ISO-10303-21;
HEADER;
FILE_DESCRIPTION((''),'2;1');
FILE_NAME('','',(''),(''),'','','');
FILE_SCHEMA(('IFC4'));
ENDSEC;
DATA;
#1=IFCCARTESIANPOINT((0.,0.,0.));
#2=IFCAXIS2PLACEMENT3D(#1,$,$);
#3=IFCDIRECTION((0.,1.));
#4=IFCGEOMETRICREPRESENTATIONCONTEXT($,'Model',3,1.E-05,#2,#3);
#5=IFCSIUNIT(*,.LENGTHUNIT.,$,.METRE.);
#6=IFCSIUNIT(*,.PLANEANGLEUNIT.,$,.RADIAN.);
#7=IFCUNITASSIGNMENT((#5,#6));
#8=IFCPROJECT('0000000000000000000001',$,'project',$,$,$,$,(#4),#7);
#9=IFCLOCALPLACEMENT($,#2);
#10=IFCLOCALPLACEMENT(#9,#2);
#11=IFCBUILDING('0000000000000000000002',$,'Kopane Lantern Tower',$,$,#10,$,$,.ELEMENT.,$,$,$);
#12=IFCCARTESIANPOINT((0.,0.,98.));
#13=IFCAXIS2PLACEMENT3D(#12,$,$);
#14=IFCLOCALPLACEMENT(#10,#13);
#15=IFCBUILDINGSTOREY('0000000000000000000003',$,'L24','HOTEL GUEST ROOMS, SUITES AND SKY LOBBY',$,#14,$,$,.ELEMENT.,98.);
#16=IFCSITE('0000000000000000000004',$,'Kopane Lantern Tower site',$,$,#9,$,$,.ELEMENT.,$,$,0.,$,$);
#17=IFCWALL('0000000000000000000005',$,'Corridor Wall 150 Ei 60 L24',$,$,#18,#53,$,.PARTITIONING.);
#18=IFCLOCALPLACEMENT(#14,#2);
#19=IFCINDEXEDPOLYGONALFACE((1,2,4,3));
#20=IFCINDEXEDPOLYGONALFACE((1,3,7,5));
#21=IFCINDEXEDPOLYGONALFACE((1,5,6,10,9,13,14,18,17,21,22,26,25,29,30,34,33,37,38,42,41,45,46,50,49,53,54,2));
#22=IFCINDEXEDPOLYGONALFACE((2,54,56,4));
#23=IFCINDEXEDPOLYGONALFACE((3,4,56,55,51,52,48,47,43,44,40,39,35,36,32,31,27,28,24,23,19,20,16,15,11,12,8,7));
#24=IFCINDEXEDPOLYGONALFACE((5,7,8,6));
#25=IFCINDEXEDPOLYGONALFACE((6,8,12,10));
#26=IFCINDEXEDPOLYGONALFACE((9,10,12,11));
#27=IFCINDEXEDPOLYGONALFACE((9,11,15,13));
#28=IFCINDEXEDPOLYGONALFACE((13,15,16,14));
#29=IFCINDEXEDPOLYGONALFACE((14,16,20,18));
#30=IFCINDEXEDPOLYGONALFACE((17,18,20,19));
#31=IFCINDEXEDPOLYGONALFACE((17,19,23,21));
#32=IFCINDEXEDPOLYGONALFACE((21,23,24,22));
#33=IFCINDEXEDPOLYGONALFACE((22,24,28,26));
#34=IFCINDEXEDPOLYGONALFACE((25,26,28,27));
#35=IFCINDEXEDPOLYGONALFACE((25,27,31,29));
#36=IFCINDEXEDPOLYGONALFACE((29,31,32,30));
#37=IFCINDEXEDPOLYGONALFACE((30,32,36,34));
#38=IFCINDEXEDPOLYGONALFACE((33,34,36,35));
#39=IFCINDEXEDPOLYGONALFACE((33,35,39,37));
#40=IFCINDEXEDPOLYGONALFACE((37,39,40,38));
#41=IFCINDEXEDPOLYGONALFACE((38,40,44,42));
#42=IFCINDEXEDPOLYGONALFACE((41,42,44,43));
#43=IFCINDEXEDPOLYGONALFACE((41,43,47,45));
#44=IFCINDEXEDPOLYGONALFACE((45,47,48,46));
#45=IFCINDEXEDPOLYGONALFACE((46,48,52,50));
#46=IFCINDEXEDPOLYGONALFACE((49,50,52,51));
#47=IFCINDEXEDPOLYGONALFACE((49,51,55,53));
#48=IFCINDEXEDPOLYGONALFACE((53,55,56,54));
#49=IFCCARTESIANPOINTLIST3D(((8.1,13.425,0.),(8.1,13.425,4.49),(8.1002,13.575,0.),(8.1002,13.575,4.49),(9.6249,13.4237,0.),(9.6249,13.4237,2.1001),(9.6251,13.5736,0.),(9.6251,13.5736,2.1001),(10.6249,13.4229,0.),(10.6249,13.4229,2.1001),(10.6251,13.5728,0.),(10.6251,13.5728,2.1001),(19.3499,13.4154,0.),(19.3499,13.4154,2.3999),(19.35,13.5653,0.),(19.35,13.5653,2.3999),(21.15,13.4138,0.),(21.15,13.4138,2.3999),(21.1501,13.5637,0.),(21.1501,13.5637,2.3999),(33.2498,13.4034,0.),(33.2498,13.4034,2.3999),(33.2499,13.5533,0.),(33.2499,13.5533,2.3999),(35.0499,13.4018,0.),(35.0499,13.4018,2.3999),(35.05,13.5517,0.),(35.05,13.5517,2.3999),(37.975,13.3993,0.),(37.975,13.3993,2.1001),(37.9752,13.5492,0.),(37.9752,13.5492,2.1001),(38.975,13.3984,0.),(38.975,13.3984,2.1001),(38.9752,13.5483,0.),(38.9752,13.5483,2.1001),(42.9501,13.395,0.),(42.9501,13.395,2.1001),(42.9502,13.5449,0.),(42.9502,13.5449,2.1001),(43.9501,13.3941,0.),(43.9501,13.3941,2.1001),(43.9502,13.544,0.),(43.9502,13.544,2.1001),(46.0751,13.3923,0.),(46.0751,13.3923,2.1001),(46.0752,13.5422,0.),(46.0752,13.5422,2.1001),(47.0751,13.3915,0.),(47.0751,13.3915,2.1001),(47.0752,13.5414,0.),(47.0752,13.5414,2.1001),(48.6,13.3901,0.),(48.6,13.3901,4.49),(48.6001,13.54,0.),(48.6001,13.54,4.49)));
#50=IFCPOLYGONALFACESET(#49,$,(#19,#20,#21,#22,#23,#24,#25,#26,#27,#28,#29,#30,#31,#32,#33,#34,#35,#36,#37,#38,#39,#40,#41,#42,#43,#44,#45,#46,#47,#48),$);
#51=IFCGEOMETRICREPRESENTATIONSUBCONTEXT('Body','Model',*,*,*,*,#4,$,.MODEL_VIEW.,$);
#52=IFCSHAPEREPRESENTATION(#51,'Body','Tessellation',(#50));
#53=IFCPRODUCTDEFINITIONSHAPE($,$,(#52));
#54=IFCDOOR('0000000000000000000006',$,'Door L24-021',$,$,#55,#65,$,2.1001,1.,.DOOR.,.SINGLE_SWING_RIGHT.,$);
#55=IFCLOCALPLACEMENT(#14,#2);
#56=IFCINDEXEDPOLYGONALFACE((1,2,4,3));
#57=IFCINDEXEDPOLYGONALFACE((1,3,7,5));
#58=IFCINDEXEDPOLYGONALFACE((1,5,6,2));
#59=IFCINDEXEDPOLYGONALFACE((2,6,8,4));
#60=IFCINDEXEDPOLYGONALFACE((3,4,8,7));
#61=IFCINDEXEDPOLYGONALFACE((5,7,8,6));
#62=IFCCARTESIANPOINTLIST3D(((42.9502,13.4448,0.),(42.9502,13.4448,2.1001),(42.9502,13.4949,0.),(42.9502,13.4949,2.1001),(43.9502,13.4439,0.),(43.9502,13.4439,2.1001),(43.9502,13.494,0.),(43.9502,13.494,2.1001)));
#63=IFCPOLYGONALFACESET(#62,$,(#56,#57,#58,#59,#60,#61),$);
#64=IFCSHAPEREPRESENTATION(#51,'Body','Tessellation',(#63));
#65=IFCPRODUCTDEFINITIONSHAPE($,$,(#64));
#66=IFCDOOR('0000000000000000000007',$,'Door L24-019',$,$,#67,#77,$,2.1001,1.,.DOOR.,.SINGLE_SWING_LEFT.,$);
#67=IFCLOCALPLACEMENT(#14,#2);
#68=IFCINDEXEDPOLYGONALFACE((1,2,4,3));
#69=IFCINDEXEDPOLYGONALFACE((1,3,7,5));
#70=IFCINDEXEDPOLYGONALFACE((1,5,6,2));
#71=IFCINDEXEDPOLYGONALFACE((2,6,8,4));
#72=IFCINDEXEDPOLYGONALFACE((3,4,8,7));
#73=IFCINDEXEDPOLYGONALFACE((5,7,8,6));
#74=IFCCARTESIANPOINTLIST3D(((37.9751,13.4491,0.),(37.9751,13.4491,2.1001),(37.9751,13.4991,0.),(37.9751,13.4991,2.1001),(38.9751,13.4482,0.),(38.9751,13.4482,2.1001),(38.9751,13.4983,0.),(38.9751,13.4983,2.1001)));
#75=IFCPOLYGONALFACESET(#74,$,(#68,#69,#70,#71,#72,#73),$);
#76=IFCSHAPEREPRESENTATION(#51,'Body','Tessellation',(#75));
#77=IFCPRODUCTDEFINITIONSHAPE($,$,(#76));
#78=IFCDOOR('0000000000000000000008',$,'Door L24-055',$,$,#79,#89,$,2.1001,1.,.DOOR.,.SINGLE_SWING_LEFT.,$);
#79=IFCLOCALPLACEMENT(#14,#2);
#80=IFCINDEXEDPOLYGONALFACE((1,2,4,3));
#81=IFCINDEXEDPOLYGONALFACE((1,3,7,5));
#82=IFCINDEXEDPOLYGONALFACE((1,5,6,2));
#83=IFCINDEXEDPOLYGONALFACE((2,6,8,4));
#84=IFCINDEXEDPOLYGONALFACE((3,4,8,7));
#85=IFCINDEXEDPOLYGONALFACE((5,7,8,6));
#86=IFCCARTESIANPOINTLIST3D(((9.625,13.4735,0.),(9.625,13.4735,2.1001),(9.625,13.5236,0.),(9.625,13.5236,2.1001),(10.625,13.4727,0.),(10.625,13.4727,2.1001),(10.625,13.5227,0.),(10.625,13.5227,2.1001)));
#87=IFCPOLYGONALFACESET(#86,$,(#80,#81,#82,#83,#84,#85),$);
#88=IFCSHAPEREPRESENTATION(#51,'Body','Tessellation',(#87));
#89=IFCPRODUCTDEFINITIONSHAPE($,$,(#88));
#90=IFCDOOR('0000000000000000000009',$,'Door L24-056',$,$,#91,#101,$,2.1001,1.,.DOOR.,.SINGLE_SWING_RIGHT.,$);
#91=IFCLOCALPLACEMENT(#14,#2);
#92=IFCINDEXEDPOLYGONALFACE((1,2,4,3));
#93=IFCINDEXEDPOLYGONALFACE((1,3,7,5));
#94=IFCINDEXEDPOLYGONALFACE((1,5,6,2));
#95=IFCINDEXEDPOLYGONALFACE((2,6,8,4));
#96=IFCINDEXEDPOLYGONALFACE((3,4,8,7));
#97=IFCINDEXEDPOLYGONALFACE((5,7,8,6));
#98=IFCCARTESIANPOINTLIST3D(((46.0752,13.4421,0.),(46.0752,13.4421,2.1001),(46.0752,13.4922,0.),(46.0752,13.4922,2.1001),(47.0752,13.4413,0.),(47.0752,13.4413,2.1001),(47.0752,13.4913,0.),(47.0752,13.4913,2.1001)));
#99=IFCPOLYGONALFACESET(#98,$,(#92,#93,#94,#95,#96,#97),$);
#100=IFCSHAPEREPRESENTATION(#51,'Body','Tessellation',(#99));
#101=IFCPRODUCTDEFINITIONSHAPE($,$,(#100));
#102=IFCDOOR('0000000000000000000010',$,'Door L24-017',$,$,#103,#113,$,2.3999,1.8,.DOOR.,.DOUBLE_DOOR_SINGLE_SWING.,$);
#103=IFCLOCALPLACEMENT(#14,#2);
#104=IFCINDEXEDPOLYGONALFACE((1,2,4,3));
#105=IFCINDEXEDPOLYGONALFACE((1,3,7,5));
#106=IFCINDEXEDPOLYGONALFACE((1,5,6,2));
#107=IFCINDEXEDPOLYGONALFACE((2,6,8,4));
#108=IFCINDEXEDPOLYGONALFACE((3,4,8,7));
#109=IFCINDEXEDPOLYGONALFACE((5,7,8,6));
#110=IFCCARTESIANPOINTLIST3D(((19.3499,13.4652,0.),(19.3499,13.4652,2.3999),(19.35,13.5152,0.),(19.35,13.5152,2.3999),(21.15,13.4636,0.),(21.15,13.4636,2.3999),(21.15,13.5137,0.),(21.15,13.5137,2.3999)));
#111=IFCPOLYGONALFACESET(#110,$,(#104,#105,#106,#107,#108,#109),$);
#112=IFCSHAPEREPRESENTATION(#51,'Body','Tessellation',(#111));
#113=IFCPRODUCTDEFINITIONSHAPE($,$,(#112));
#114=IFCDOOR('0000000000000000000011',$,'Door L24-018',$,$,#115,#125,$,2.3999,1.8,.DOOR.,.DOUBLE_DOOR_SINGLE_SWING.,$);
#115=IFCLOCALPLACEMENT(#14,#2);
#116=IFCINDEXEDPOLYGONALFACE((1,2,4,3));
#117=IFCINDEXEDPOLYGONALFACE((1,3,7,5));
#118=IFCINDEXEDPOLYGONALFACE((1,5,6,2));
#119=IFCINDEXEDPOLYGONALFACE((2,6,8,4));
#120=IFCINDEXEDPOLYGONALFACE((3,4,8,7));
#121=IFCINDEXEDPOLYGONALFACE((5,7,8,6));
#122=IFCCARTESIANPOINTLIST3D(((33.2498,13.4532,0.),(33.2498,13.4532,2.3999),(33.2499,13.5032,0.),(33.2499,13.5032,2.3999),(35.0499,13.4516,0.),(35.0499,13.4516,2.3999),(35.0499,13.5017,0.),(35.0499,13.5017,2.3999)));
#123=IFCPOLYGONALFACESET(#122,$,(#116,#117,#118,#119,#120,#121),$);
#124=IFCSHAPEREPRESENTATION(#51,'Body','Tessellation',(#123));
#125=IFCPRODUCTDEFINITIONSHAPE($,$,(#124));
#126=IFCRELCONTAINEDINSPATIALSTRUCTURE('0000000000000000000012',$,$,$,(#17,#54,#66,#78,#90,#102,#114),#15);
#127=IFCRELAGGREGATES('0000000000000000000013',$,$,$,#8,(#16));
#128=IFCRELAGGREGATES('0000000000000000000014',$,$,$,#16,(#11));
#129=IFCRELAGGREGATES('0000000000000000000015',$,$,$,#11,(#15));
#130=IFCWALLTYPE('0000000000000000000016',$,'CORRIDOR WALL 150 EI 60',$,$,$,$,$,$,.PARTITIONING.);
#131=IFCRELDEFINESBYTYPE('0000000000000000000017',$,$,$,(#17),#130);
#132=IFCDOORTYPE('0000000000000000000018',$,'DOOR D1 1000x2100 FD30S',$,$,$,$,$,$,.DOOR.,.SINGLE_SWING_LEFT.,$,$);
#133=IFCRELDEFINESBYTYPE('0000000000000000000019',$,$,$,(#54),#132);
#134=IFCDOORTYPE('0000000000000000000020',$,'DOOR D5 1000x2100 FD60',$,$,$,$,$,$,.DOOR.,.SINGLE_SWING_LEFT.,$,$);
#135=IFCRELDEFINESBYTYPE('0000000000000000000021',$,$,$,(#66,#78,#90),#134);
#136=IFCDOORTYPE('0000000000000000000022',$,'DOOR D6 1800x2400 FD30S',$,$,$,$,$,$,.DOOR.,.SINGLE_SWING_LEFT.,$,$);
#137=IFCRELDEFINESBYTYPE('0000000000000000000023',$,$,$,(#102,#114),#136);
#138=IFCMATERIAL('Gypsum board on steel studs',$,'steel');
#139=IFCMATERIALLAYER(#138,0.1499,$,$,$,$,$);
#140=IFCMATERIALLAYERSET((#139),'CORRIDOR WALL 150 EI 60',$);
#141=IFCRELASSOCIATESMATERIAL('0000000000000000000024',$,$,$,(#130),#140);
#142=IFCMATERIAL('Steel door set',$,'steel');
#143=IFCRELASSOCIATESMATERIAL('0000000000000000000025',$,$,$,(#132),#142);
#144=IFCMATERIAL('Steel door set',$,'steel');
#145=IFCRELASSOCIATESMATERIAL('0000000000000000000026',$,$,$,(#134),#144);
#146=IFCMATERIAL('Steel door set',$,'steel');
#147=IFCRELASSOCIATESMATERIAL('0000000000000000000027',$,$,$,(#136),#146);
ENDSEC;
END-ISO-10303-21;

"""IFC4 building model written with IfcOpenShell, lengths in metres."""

from ifc_helpers import new_model, si_unit, direction, frame, frame_2d, origin, place, context, subcontext, project, spatial, rectangle, extrude, material, layer, layer_set, type_object, element, fill, save


model = new_model("IFC4")

# Units and contexts
model_context = context("Model", 3, precision=1e-05, world=origin(), true_north=direction((0.0, 1.0)))
body_context = subcontext(model_context, "Body", "Model", "MODEL_VIEW")
ifc_project = project(units=[si_unit("LENGTHUNIT", "METRE"), si_unit("PLANEANGLEUNIT", "RADIAN")], contexts=[model_context])

# Site, building, storey
site_placement = place(None, origin())
site = spatial("IfcSite", under=ifc_project, at=site_placement, Name="Kopane Lantern Tower site", CompositionType="ELEMENT", RefElevation=0.0)
building_placement = place(site_placement, origin())
building = spatial("IfcBuilding", under=site, at=building_placement, Name="Kopane Lantern Tower", CompositionType="ELEMENT")
storey_placement = place(building_placement, frame((0.0, 0.0, 98.0)))
storey = spatial("IfcBuildingStorey", under=building, at=storey_placement, Name="L24", Description="HOTEL GUEST ROOMS, SUITES AND SKY LOBBY", CompositionType="ELEMENT", Elevation=98.0)

# Wall, openings, doors
ifc_material_1 = material(Name="Gypsum board on steel studs", Category="steel")
ifc_layer_1 = layer(ifc_material_1, 0.1499)
ifc_layer_set_1 = layer_set([ifc_layer_1], Name="CORRIDOR WALL 150 EI 60")
wall_type_1 = type_object("IfcWallType", Name="CORRIDOR WALL 150 EI 60", PredefinedType="PARTITIONING", material=ifc_layer_set_1)
wall_1_placement = place(storey_placement, frame((8.1001, 13.5, 0.0), z_axis=(0.0, 0.0, 1.0), x_axis=(1.0, -0.000862, 0.0)))
wall_1 = element("IfcWall", 1, at=wall_1_placement, inside=storey, type_object=wall_type_1, Name="Corridor Wall 150 Ei 60 L24", PredefinedType="PARTITIONING", context=body_context, shape_type="SweptSolid", body=[
    extrude(rectangle(XDim=40.5, YDim=0.1499, at=frame_2d((20.25, 0.0))), origin(), (0.0, 0.0, 1.0), 4.49),
])
opening_1_placement = place(wall_1_placement, frame((11.25, 0.0, 0.0)))
opening_1 = element("IfcOpeningElement", 2, at=opening_1_placement, cuts=wall_1, PredefinedType="OPENING", context=body_context, shape_type="SweptSolid", body=[
    extrude(rectangle(XDim=1.8, YDim=2.3999, at=frame_2d((0.8999, 1.2))), frame((0.0, 0.085, 0.0), z_axis=(0.0, -1.0, 0.0), x_axis=(1.0, 0.0, 0.0)), (0.0, 0.0, 1.0), 0.1699),
])
opening_2_placement = place(wall_1_placement, frame((25.1499, 0.0, 0.0)))
opening_2 = element("IfcOpeningElement", 3, at=opening_2_placement, cuts=wall_1, PredefinedType="OPENING", context=body_context, shape_type="SweptSolid", body=[
    extrude(rectangle(XDim=1.8, YDim=2.3999, at=frame_2d((0.8999, 1.2))), frame((0.0, 0.085, 0.0), z_axis=(0.0, -1.0, 0.0), x_axis=(1.0, 0.0, 0.0)), (0.0, 0.0, 1.0), 0.1699),
])
opening_3_placement = place(wall_1_placement, frame((29.875, 0.0, 0.0)))
opening_3 = element("IfcOpeningElement", 4, at=opening_3_placement, cuts=wall_1, PredefinedType="OPENING", context=body_context, shape_type="SweptSolid", body=[
    extrude(rectangle(XDim=1.0, YDim=2.1001, at=frame_2d((0.5, 1.05))), frame((0.0, 0.085, 0.0), z_axis=(0.0, -1.0, 0.0), x_axis=(1.0, 0.0, 0.0)), (0.0, 0.0, 1.0), 0.1699),
])
opening_4_placement = place(wall_1_placement, frame((34.8501, 0.0, 0.0)))
opening_4 = element("IfcOpeningElement", 5, at=opening_4_placement, cuts=wall_1, PredefinedType="OPENING", context=body_context, shape_type="SweptSolid", body=[
    extrude(rectangle(XDim=1.0, YDim=2.1001, at=frame_2d((0.5, 1.05))), frame((0.0, 0.085, 0.0), z_axis=(0.0, -1.0, 0.0), x_axis=(1.0, 0.0, 0.0)), (0.0, 0.0, 1.0), 0.1699),
])
opening_5_placement = place(wall_1_placement, frame((1.5249, 0.0, 0.0)))
opening_5 = element("IfcOpeningElement", 6, at=opening_5_placement, cuts=wall_1, PredefinedType="OPENING", context=body_context, shape_type="SweptSolid", body=[
    extrude(rectangle(XDim=1.0, YDim=2.1001, at=frame_2d((0.5, 1.05))), frame((0.0, 0.085, 0.0), z_axis=(0.0, -1.0, 0.0), x_axis=(1.0, 0.0, 0.0)), (0.0, 0.0, 1.0), 0.1699),
])
opening_6_placement = place(wall_1_placement, frame((37.9751, 0.0, 0.0)))
opening_6 = element("IfcOpeningElement", 7, at=opening_6_placement, cuts=wall_1, PredefinedType="OPENING", context=body_context, shape_type="SweptSolid", body=[
    extrude(rectangle(XDim=1.0, YDim=2.1001, at=frame_2d((0.5, 1.05))), frame((0.0, 0.085, 0.0), z_axis=(0.0, -1.0, 0.0), x_axis=(1.0, 0.0, 0.0)), (0.0, 0.0, 1.0), 0.1699),
])
ifc_material_2 = material(Name="Steel door set", Category="steel")
door_type_1 = type_object("IfcDoorType", Name="DOOR D1 1000x2100 FD30S", OperationType="SINGLE_SWING_LEFT", PredefinedType="DOOR", material=ifc_material_2)
door_1_placement = place(opening_4_placement, origin())
door_1 = element("IfcDoor", 8, at=door_1_placement, inside=storey, type_object=door_type_1, Name="Door L24-021", OperationType="SINGLE_SWING_RIGHT", OverallHeight=2.1001, OverallWidth=1.0, PredefinedType="DOOR", context=body_context, shape_type="SweptSolid", body=[
    extrude(rectangle(XDim=1.0, YDim=2.1001, at=frame_2d((0.5, 1.05))), frame((0.0, 0.0249, 0.0), z_axis=(0.0, -1.0, 0.0), x_axis=(1.0, 0.0, 0.0)), (0.0, 0.0, 1.0), 0.05),
])
fill(opening_4, door_1)
ifc_material_3 = material(Name="Steel door set", Category="steel")
door_type_2 = type_object("IfcDoorType", Name="DOOR D5 1000x2100 FD60", OperationType="SINGLE_SWING_LEFT", PredefinedType="DOOR", material=ifc_material_3)
door_2_placement = place(opening_3_placement, origin())
door_2 = element("IfcDoor", 9, at=door_2_placement, inside=storey, type_object=door_type_2, Name="Door L24-019", OperationType="SINGLE_SWING_LEFT", OverallHeight=2.1001, OverallWidth=1.0, PredefinedType="DOOR", context=body_context, shape_type="SweptSolid", body=[
    extrude(rectangle(XDim=1.0, YDim=2.1001, at=frame_2d((0.5, 1.05))), frame((0.0, 0.0249, 0.0), z_axis=(0.0, -1.0, 0.0), x_axis=(1.0, 0.0, 0.0)), (0.0, 0.0, 1.0), 0.05),
])
fill(opening_3, door_2)
door_3_placement = place(opening_5_placement, origin())
door_3 = element("IfcDoor", 10, at=door_3_placement, inside=storey, type_object=door_type_2, Name="Door L24-055", OperationType="SINGLE_SWING_LEFT", OverallHeight=2.1001, OverallWidth=1.0, PredefinedType="DOOR", context=body_context, shape_type="SweptSolid", body=[
    extrude(rectangle(XDim=1.0, YDim=2.1001, at=frame_2d((0.5, 1.05))), frame((0.0, 0.0249, 0.0), z_axis=(0.0, -1.0, 0.0), x_axis=(1.0, 0.0, 0.0)), (0.0, 0.0, 1.0), 0.05),
])
fill(opening_5, door_3)
door_4_placement = place(opening_6_placement, origin())
door_4 = element("IfcDoor", 11, at=door_4_placement, inside=storey, type_object=door_type_2, Name="Door L24-056", OperationType="SINGLE_SWING_RIGHT", OverallHeight=2.1001, OverallWidth=1.0, PredefinedType="DOOR", context=body_context, shape_type="SweptSolid", body=[
    extrude(rectangle(XDim=1.0, YDim=2.1001, at=frame_2d((0.5, 1.05))), frame((0.0, 0.0249, 0.0), z_axis=(0.0, -1.0, 0.0), x_axis=(1.0, 0.0, 0.0)), (0.0, 0.0, 1.0), 0.05),
])
fill(opening_6, door_4)
ifc_material_4 = material(Name="Steel door set", Category="steel")
door_type_3 = type_object("IfcDoorType", Name="DOOR D6 1800x2400 FD30S", OperationType="SINGLE_SWING_LEFT", PredefinedType="DOOR", material=ifc_material_4)
door_5_placement = place(opening_1_placement, origin())
door_5 = element("IfcDoor", 12, at=door_5_placement, inside=storey, type_object=door_type_3, Name="Door L24-017", OperationType="DOUBLE_DOOR_SINGLE_SWING", OverallHeight=2.3999, OverallWidth=1.8, PredefinedType="DOOR", context=body_context, shape_type="SweptSolid", body=[
    extrude(rectangle(XDim=1.8, YDim=2.3999, at=frame_2d((0.8999, 1.2))), frame((0.0, 0.0249, 0.0), z_axis=(0.0, -1.0, 0.0), x_axis=(1.0, 0.0, 0.0)), (0.0, 0.0, 1.0), 0.05),
])
fill(opening_1, door_5)
door_6_placement = place(opening_2_placement, origin())
door_6 = element("IfcDoor", 13, at=door_6_placement, inside=storey, type_object=door_type_3, Name="Door L24-018", OperationType="DOUBLE_DOOR_SINGLE_SWING", OverallHeight=2.3999, OverallWidth=1.8, PredefinedType="DOOR", context=body_context, shape_type="SweptSolid", body=[
    extrude(rectangle(XDim=1.8, YDim=2.3999, at=frame_2d((0.8999, 1.2))), frame((0.0, 0.0249, 0.0), z_axis=(0.0, -1.0, 0.0), x_axis=(1.0, 0.0, 0.0)), (0.0, 0.0, 1.0), 0.05),
])
fill(opening_2, door_6)

save(model, "model.ifc")
